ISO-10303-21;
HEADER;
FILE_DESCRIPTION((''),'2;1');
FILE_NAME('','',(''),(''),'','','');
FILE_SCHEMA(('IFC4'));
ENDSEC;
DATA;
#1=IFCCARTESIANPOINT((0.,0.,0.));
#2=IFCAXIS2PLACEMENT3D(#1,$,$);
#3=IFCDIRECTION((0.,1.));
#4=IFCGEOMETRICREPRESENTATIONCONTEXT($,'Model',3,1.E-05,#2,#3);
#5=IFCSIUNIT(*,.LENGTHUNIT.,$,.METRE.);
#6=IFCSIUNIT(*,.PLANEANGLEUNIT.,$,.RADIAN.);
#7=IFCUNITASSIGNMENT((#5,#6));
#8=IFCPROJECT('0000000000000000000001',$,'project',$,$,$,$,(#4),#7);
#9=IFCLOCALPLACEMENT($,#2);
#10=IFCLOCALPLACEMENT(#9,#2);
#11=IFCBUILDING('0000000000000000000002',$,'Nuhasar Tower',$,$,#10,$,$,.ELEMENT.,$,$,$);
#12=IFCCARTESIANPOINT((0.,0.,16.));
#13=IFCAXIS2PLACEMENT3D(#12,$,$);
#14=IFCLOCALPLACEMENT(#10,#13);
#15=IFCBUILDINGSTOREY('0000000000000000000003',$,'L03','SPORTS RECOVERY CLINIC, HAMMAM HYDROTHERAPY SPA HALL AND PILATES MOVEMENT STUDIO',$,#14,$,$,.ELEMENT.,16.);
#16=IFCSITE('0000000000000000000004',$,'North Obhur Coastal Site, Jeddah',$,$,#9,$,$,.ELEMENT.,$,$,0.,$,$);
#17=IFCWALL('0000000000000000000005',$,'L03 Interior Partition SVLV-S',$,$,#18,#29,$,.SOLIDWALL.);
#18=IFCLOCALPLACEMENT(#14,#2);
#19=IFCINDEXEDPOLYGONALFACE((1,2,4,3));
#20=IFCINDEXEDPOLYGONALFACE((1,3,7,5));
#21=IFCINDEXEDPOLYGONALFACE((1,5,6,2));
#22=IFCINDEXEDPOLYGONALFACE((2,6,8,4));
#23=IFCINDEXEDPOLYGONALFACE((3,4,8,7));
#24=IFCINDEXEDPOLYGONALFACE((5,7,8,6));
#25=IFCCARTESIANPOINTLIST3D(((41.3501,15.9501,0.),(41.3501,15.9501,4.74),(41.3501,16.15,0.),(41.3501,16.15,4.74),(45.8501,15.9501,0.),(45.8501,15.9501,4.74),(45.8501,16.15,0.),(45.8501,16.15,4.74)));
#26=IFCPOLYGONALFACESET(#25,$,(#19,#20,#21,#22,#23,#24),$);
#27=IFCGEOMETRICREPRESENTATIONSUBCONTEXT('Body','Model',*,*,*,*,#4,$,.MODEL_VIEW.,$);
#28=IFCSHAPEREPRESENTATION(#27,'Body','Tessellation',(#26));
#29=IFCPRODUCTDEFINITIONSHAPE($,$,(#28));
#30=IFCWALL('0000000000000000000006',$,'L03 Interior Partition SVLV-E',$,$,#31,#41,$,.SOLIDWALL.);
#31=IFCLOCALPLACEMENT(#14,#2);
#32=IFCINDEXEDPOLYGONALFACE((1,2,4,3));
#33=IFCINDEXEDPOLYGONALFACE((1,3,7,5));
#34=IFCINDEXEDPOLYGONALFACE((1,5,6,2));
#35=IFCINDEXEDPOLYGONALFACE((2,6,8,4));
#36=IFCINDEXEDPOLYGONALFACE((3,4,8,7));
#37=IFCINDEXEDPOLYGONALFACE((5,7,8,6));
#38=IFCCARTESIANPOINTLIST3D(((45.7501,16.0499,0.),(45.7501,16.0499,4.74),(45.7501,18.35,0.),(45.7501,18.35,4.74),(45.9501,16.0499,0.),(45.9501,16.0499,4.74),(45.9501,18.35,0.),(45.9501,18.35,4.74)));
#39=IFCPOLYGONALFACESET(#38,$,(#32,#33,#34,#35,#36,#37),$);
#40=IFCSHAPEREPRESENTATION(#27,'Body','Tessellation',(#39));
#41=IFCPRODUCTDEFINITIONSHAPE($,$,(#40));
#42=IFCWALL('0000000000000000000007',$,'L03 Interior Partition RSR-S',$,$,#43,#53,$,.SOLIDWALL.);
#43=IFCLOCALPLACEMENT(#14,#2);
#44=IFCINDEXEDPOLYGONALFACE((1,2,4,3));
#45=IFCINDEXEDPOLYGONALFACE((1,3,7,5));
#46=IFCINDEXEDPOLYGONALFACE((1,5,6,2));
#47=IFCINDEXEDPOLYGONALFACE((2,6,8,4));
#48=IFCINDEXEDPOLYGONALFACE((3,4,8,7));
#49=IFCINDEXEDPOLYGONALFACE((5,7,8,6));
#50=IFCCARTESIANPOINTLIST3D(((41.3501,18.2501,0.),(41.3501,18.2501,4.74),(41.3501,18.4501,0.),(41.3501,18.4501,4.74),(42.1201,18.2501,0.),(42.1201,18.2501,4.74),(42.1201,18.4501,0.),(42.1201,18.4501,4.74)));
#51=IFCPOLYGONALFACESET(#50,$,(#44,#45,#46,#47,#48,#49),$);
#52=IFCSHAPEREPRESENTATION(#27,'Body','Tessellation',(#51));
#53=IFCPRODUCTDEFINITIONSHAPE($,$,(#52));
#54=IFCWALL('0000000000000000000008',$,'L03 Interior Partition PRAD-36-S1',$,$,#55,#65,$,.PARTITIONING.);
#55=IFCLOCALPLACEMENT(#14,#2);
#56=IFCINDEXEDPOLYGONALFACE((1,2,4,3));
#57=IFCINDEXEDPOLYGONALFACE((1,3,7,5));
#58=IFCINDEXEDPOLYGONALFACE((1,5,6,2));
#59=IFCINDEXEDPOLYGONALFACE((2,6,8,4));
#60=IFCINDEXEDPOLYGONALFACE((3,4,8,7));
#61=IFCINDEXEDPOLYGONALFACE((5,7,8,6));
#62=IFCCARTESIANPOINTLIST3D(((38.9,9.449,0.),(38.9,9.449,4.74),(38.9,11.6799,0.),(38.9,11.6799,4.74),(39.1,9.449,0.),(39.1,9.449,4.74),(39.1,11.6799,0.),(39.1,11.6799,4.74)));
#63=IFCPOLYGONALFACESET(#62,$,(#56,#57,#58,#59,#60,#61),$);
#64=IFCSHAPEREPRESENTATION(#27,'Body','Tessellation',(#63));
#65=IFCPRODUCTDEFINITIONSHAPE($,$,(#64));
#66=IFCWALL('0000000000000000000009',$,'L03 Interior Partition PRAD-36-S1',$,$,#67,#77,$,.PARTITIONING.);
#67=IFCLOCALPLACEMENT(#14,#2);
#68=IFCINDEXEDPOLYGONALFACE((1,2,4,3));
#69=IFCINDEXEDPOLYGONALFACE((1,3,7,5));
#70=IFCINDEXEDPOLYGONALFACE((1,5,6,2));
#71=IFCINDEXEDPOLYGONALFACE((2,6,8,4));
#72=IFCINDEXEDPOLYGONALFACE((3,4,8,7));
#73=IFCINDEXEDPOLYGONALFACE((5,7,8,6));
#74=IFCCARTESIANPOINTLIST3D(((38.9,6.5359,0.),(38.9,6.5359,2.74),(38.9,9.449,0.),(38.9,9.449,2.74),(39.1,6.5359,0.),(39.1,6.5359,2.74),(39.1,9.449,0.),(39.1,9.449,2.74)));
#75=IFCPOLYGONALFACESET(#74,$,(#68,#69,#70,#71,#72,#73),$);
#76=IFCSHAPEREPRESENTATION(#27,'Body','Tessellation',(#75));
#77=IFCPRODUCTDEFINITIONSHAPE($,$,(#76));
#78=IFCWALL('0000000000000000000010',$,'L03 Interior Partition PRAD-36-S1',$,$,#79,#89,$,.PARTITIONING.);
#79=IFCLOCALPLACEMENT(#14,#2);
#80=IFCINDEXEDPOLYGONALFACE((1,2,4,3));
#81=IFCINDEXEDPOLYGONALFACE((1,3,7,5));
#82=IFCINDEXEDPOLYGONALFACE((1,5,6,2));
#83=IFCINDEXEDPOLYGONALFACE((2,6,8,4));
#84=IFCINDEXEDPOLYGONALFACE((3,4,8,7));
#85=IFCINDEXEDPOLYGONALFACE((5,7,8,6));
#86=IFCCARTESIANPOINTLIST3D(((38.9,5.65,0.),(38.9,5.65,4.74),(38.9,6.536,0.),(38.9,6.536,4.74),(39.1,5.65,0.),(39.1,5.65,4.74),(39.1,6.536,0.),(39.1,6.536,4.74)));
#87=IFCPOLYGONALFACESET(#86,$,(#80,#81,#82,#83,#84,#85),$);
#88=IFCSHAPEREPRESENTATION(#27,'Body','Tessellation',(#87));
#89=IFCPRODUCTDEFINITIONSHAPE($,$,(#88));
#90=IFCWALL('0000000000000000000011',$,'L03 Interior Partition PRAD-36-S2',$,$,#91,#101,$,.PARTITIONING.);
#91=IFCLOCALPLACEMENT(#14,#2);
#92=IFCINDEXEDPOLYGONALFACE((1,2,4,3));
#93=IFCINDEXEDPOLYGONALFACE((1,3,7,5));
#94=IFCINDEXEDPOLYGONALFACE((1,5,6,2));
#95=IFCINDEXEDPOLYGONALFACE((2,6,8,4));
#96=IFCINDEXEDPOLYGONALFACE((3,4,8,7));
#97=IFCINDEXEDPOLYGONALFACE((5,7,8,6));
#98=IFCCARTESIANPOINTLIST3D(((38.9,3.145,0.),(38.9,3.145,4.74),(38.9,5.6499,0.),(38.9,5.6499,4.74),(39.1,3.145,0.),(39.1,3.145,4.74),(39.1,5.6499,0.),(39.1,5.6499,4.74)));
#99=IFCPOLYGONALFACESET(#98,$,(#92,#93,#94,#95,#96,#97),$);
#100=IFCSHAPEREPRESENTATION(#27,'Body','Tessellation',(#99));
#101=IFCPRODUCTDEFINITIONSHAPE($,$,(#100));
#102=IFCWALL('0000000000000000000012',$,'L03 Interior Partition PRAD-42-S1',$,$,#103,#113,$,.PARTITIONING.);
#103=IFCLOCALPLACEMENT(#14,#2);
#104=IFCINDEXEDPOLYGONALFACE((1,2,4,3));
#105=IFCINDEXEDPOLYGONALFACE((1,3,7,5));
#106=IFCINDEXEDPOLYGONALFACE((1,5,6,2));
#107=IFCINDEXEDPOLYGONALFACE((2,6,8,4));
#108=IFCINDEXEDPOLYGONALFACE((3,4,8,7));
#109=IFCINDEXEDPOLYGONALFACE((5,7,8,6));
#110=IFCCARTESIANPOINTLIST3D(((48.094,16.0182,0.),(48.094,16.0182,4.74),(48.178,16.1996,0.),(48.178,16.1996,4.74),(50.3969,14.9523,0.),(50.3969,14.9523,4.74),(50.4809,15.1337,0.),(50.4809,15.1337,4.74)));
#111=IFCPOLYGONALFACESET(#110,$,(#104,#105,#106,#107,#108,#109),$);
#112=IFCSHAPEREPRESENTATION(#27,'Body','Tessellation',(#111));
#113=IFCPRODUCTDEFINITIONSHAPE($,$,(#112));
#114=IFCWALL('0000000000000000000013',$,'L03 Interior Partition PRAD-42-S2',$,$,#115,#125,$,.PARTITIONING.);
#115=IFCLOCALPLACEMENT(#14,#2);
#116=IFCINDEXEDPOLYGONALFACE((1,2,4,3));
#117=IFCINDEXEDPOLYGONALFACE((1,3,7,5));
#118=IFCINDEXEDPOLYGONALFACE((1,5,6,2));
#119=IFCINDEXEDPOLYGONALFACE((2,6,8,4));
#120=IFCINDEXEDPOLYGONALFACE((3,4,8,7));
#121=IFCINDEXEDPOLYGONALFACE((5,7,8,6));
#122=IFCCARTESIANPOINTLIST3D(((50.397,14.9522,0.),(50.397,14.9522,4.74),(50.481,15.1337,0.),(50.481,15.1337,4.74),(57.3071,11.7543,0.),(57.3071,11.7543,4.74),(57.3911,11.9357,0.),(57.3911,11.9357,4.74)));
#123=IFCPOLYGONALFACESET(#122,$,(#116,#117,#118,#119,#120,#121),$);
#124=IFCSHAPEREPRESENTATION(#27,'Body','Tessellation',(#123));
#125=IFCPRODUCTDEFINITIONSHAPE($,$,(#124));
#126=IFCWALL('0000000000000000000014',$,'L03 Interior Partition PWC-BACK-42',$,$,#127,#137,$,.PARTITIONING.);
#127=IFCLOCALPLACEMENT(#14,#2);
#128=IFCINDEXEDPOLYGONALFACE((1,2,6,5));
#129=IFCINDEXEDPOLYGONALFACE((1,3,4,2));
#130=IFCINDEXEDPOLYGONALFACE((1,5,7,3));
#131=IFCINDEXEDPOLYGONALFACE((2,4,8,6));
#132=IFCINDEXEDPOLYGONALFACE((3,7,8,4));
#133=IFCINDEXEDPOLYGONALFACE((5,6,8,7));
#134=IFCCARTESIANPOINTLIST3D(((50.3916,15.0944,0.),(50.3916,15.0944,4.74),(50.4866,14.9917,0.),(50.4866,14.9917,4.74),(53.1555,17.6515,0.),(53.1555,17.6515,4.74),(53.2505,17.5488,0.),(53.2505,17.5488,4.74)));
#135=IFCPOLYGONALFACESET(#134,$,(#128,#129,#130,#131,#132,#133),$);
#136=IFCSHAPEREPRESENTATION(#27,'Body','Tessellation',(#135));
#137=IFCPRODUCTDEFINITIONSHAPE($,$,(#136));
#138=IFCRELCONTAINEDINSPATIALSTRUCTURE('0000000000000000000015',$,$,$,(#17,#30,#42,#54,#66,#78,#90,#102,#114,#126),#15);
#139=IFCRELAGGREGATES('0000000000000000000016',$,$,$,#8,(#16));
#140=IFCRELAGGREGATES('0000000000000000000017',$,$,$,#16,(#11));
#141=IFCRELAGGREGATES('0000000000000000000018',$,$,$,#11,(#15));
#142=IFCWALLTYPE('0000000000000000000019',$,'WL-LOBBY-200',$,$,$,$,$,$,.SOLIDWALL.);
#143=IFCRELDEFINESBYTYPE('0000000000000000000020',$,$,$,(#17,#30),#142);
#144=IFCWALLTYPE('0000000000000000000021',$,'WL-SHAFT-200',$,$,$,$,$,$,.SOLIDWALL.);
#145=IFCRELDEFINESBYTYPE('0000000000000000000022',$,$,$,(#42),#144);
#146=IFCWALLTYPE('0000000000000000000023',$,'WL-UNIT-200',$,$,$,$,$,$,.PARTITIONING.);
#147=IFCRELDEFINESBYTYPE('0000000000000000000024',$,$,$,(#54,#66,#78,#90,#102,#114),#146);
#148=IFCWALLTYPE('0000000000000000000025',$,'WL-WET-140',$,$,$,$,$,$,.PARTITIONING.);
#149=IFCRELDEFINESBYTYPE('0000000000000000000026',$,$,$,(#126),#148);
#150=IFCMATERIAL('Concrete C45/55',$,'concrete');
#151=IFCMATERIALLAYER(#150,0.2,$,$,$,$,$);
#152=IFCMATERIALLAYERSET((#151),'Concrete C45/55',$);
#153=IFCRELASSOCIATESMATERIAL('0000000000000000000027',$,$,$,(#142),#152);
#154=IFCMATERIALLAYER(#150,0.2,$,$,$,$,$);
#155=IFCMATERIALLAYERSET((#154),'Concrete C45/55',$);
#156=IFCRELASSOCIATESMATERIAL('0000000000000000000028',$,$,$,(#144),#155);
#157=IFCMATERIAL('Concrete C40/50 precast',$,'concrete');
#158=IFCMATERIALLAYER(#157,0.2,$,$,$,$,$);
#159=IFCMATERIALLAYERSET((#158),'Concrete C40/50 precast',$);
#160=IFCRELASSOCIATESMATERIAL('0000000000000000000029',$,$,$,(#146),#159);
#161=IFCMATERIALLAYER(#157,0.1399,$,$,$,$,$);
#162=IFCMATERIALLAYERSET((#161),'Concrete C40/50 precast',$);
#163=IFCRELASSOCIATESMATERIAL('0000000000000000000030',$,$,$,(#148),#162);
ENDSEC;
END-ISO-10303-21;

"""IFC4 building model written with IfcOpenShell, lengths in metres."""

from ifc_helpers import new_model, si_unit, direction, frame, frame_2d, origin, place, context, subcontext, project, spatial, rectangle, extrude, material, layer, layer_set, type_object, element, save


model = new_model("IFC4")

# Units and contexts
model_context = context("Model", 3, precision=1e-05, world=origin(), true_north=direction((0.0, 1.0)))
body_context = subcontext(model_context, "Body", "Model", "MODEL_VIEW")
ifc_project = project(units=[si_unit("LENGTHUNIT", "METRE"), si_unit("PLANEANGLEUNIT", "RADIAN")], contexts=[model_context])

# Site, building, storey
site_placement = place(None, origin())
site = spatial("IfcSite", under=ifc_project, at=site_placement, Name="North Obhur Coastal Site, Jeddah", CompositionType="ELEMENT", RefElevation=0.0)
building_placement = place(site_placement, origin())
building = spatial("IfcBuilding", under=site, at=building_placement, Name="Nuhasar Tower", CompositionType="ELEMENT")
storey_placement = place(building_placement, frame((0.0, 0.0, 16.0)))
storey = spatial("IfcBuildingStorey", under=building, at=storey_placement, Name="L03", Description="SPORTS RECOVERY CLINIC, HAMMAM HYDROTHERAPY SPA HALL AND PILATES MOVEMENT STUDIO", CompositionType="ELEMENT", Elevation=16.0)

# Shared definitions
ifc_material_1 = material(Name="Concrete C45/55", Category="concrete")
ifc_layer_1 = layer(ifc_material_1, 0.2)
ifc_layer_set_1 = layer_set([ifc_layer_1], Name="Concrete C45/55")
wall_type_1 = type_object("IfcWallType", Name="WL-LOBBY-200", PredefinedType="SOLIDWALL", material=ifc_layer_set_1)

# Walls
wall_1_placement = place(storey_placement, frame((41.3501, 16.05, 0.0), z_axis=(0.0, 0.0, 1.0), x_axis=(1.0, 0.0, 0.0)))
element("IfcWall", 1, at=wall_1_placement, inside=storey, type_object=wall_type_1, Name="L03 Interior Partition SVLV-S", PredefinedType="SOLIDWALL", context=body_context, shape_type="SweptSolid", body=[
    extrude(rectangle(XDim=4.5, YDim=0.2, at=frame_2d((2.25, 0.0))), origin(), (0.0, 0.0, 1.0), 4.74),
])
wall_2_placement = place(storey_placement, frame((45.8501, 16.05, 0.0), z_axis=(0.0, 0.0, 1.0), x_axis=(0.0, 1.0, 0.0)))
element("IfcWall", 2, at=wall_2_placement, inside=storey, type_object=wall_type_1, Name="L03 Interior Partition SVLV-E", PredefinedType="SOLIDWALL", context=body_context, shape_type="SweptSolid", body=[
    extrude(rectangle(XDim=2.3, YDim=0.2, at=frame_2d((1.1499, 0.0))), origin(), (0.0, 0.0, 1.0), 4.74),
])
ifc_layer_2 = layer(ifc_material_1, 0.2)
ifc_layer_set_2 = layer_set([ifc_layer_2], Name="Concrete C45/55")
wall_type_2 = type_object("IfcWallType", Name="WL-SHAFT-200", PredefinedType="SOLIDWALL", material=ifc_layer_set_2)
wall_3_placement = place(storey_placement, frame((41.3501, 18.3501, 0.0), z_axis=(0.0, 0.0, 1.0), x_axis=(1.0, 0.0, 0.0)))
element("IfcWall", 3, at=wall_3_placement, inside=storey, type_object=wall_type_2, Name="L03 Interior Partition RSR-S", PredefinedType="SOLIDWALL", context=body_context, shape_type="SweptSolid", body=[
    extrude(rectangle(XDim=0.77, YDim=0.2, at=frame_2d((0.385, 0.0))), origin(), (0.0, 0.0, 1.0), 4.74),
])
ifc_material_2 = material(Name="Concrete C40/50 precast", Category="concrete")
ifc_layer_3 = layer(ifc_material_2, 0.2)
ifc_layer_set_3 = layer_set([ifc_layer_3], Name="Concrete C40/50 precast")
wall_type_3 = type_object("IfcWallType", Name="WL-UNIT-200", PredefinedType="PARTITIONING", material=ifc_layer_set_3)
wall_4_placement = place(storey_placement, frame((39.0, 11.6799, 0.0), z_axis=(0.0, 0.0, 1.0), x_axis=(0.0, -1.0, 0.0)))
element("IfcWall", 4, at=wall_4_placement, inside=storey, type_object=wall_type_3, Name="L03 Interior Partition PRAD-36-S1", PredefinedType="PARTITIONING", context=body_context, shape_type="SweptSolid", body=[
    extrude(rectangle(XDim=2.231, YDim=0.2, at=frame_2d((1.1155, 0.0))), origin(), (0.0, 0.0, 1.0), 4.74),
])
wall_5_placement = place(storey_placement, frame((39.0, 9.449, 0.0), z_axis=(0.0, 0.0, 1.0), x_axis=(0.0, -1.0, 0.0)))
element("IfcWall", 5, at=wall_5_placement, inside=storey, type_object=wall_type_3, Name="L03 Interior Partition PRAD-36-S1", PredefinedType="PARTITIONING", context=body_context, shape_type="SweptSolid", body=[
    extrude(rectangle(XDim=2.9131, YDim=0.2, at=frame_2d((1.4565, 0.0))), origin(), (0.0, 0.0, 1.0), 2.74),
])
wall_6_placement = place(storey_placement, frame((39.0, 6.5359, 0.0), z_axis=(0.0, 0.0, 1.0), x_axis=(0.0, -1.0, 0.0)))
element("IfcWall", 6, at=wall_6_placement, inside=storey, type_object=wall_type_3, Name="L03 Interior Partition PRAD-36-S1", PredefinedType="PARTITIONING", context=body_context, shape_type="SweptSolid", body=[
    extrude(rectangle(XDim=0.886, YDim=0.2, at=frame_2d((0.4429, 0.0))), origin(), (0.0, 0.0, 1.0), 4.74),
])
wall_7_placement = place(storey_placement, frame((39.0, 5.6499, 0.0), z_axis=(0.0, 0.0, 1.0), x_axis=(0.0, -1.0, 0.0)))
element("IfcWall", 7, at=wall_7_placement, inside=storey, type_object=wall_type_3, Name="L03 Interior Partition PRAD-36-S2", PredefinedType="PARTITIONING", context=body_context, shape_type="SweptSolid", body=[
    extrude(rectangle(XDim=2.5049, YDim=0.2, at=frame_2d((1.2524, 0.0))), origin(), (0.0, 0.0, 1.0), 4.74),
])
wall_8_placement = place(storey_placement, frame((48.136, 16.1089, 0.0), z_axis=(0.0, 0.0, 1.0), x_axis=(0.907508, -0.420034, 0.0)))
element("IfcWall", 8, at=wall_8_placement, inside=storey, type_object=wall_type_3, Name="L03 Interior Partition PRAD-42-S1", PredefinedType="PARTITIONING", context=body_context, shape_type="SweptSolid", body=[
    extrude(rectangle(XDim=2.5376, YDim=0.2, at=frame_2d((1.2688, 0.0))), origin(), (0.0, 0.0, 1.0), 4.74),
])
wall_9_placement = place(storey_placement, frame((50.439, 15.043, 0.0), z_axis=(0.0, 0.0, 1.0), x_axis=(0.907524, -0.419999, 0.0)))
element("IfcWall", 9, at=wall_9_placement, inside=storey, type_object=wall_type_3, Name="L03 Interior Partition PRAD-42-S2", PredefinedType="PARTITIONING", context=body_context, shape_type="SweptSolid", body=[
    extrude(rectangle(XDim=7.6143, YDim=0.2, at=frame_2d((3.8071, 0.0))), origin(), (0.0, 0.0, 1.0), 4.74),
])
ifc_layer_4 = layer(ifc_material_2, 0.1399)
ifc_layer_set_4 = layer_set([ifc_layer_4], Name="Concrete C40/50 precast")
wall_type_4 = type_object("IfcWallType", Name="WL-WET-140", PredefinedType="PARTITIONING", material=ifc_layer_set_4)
wall_10_placement = place(storey_placement, frame((50.439, 15.043, 0.0), z_axis=(0.0, 0.0, 1.0), x_axis=(0.734032, 0.679114, 0.0)))
element("IfcWall", 10, at=wall_10_placement, inside=storey, type_object=wall_type_4, Name="L03 Interior Partition PWC-BACK-42", PredefinedType="PARTITIONING", context=body_context, shape_type="SweptSolid", body=[
    extrude(rectangle(XDim=3.7654, YDim=0.1399, at=frame_2d((1.8828, 0.0))), origin(), (0.0, 0.0, 1.0), 4.74),
])

save(model, "model.ifc")
